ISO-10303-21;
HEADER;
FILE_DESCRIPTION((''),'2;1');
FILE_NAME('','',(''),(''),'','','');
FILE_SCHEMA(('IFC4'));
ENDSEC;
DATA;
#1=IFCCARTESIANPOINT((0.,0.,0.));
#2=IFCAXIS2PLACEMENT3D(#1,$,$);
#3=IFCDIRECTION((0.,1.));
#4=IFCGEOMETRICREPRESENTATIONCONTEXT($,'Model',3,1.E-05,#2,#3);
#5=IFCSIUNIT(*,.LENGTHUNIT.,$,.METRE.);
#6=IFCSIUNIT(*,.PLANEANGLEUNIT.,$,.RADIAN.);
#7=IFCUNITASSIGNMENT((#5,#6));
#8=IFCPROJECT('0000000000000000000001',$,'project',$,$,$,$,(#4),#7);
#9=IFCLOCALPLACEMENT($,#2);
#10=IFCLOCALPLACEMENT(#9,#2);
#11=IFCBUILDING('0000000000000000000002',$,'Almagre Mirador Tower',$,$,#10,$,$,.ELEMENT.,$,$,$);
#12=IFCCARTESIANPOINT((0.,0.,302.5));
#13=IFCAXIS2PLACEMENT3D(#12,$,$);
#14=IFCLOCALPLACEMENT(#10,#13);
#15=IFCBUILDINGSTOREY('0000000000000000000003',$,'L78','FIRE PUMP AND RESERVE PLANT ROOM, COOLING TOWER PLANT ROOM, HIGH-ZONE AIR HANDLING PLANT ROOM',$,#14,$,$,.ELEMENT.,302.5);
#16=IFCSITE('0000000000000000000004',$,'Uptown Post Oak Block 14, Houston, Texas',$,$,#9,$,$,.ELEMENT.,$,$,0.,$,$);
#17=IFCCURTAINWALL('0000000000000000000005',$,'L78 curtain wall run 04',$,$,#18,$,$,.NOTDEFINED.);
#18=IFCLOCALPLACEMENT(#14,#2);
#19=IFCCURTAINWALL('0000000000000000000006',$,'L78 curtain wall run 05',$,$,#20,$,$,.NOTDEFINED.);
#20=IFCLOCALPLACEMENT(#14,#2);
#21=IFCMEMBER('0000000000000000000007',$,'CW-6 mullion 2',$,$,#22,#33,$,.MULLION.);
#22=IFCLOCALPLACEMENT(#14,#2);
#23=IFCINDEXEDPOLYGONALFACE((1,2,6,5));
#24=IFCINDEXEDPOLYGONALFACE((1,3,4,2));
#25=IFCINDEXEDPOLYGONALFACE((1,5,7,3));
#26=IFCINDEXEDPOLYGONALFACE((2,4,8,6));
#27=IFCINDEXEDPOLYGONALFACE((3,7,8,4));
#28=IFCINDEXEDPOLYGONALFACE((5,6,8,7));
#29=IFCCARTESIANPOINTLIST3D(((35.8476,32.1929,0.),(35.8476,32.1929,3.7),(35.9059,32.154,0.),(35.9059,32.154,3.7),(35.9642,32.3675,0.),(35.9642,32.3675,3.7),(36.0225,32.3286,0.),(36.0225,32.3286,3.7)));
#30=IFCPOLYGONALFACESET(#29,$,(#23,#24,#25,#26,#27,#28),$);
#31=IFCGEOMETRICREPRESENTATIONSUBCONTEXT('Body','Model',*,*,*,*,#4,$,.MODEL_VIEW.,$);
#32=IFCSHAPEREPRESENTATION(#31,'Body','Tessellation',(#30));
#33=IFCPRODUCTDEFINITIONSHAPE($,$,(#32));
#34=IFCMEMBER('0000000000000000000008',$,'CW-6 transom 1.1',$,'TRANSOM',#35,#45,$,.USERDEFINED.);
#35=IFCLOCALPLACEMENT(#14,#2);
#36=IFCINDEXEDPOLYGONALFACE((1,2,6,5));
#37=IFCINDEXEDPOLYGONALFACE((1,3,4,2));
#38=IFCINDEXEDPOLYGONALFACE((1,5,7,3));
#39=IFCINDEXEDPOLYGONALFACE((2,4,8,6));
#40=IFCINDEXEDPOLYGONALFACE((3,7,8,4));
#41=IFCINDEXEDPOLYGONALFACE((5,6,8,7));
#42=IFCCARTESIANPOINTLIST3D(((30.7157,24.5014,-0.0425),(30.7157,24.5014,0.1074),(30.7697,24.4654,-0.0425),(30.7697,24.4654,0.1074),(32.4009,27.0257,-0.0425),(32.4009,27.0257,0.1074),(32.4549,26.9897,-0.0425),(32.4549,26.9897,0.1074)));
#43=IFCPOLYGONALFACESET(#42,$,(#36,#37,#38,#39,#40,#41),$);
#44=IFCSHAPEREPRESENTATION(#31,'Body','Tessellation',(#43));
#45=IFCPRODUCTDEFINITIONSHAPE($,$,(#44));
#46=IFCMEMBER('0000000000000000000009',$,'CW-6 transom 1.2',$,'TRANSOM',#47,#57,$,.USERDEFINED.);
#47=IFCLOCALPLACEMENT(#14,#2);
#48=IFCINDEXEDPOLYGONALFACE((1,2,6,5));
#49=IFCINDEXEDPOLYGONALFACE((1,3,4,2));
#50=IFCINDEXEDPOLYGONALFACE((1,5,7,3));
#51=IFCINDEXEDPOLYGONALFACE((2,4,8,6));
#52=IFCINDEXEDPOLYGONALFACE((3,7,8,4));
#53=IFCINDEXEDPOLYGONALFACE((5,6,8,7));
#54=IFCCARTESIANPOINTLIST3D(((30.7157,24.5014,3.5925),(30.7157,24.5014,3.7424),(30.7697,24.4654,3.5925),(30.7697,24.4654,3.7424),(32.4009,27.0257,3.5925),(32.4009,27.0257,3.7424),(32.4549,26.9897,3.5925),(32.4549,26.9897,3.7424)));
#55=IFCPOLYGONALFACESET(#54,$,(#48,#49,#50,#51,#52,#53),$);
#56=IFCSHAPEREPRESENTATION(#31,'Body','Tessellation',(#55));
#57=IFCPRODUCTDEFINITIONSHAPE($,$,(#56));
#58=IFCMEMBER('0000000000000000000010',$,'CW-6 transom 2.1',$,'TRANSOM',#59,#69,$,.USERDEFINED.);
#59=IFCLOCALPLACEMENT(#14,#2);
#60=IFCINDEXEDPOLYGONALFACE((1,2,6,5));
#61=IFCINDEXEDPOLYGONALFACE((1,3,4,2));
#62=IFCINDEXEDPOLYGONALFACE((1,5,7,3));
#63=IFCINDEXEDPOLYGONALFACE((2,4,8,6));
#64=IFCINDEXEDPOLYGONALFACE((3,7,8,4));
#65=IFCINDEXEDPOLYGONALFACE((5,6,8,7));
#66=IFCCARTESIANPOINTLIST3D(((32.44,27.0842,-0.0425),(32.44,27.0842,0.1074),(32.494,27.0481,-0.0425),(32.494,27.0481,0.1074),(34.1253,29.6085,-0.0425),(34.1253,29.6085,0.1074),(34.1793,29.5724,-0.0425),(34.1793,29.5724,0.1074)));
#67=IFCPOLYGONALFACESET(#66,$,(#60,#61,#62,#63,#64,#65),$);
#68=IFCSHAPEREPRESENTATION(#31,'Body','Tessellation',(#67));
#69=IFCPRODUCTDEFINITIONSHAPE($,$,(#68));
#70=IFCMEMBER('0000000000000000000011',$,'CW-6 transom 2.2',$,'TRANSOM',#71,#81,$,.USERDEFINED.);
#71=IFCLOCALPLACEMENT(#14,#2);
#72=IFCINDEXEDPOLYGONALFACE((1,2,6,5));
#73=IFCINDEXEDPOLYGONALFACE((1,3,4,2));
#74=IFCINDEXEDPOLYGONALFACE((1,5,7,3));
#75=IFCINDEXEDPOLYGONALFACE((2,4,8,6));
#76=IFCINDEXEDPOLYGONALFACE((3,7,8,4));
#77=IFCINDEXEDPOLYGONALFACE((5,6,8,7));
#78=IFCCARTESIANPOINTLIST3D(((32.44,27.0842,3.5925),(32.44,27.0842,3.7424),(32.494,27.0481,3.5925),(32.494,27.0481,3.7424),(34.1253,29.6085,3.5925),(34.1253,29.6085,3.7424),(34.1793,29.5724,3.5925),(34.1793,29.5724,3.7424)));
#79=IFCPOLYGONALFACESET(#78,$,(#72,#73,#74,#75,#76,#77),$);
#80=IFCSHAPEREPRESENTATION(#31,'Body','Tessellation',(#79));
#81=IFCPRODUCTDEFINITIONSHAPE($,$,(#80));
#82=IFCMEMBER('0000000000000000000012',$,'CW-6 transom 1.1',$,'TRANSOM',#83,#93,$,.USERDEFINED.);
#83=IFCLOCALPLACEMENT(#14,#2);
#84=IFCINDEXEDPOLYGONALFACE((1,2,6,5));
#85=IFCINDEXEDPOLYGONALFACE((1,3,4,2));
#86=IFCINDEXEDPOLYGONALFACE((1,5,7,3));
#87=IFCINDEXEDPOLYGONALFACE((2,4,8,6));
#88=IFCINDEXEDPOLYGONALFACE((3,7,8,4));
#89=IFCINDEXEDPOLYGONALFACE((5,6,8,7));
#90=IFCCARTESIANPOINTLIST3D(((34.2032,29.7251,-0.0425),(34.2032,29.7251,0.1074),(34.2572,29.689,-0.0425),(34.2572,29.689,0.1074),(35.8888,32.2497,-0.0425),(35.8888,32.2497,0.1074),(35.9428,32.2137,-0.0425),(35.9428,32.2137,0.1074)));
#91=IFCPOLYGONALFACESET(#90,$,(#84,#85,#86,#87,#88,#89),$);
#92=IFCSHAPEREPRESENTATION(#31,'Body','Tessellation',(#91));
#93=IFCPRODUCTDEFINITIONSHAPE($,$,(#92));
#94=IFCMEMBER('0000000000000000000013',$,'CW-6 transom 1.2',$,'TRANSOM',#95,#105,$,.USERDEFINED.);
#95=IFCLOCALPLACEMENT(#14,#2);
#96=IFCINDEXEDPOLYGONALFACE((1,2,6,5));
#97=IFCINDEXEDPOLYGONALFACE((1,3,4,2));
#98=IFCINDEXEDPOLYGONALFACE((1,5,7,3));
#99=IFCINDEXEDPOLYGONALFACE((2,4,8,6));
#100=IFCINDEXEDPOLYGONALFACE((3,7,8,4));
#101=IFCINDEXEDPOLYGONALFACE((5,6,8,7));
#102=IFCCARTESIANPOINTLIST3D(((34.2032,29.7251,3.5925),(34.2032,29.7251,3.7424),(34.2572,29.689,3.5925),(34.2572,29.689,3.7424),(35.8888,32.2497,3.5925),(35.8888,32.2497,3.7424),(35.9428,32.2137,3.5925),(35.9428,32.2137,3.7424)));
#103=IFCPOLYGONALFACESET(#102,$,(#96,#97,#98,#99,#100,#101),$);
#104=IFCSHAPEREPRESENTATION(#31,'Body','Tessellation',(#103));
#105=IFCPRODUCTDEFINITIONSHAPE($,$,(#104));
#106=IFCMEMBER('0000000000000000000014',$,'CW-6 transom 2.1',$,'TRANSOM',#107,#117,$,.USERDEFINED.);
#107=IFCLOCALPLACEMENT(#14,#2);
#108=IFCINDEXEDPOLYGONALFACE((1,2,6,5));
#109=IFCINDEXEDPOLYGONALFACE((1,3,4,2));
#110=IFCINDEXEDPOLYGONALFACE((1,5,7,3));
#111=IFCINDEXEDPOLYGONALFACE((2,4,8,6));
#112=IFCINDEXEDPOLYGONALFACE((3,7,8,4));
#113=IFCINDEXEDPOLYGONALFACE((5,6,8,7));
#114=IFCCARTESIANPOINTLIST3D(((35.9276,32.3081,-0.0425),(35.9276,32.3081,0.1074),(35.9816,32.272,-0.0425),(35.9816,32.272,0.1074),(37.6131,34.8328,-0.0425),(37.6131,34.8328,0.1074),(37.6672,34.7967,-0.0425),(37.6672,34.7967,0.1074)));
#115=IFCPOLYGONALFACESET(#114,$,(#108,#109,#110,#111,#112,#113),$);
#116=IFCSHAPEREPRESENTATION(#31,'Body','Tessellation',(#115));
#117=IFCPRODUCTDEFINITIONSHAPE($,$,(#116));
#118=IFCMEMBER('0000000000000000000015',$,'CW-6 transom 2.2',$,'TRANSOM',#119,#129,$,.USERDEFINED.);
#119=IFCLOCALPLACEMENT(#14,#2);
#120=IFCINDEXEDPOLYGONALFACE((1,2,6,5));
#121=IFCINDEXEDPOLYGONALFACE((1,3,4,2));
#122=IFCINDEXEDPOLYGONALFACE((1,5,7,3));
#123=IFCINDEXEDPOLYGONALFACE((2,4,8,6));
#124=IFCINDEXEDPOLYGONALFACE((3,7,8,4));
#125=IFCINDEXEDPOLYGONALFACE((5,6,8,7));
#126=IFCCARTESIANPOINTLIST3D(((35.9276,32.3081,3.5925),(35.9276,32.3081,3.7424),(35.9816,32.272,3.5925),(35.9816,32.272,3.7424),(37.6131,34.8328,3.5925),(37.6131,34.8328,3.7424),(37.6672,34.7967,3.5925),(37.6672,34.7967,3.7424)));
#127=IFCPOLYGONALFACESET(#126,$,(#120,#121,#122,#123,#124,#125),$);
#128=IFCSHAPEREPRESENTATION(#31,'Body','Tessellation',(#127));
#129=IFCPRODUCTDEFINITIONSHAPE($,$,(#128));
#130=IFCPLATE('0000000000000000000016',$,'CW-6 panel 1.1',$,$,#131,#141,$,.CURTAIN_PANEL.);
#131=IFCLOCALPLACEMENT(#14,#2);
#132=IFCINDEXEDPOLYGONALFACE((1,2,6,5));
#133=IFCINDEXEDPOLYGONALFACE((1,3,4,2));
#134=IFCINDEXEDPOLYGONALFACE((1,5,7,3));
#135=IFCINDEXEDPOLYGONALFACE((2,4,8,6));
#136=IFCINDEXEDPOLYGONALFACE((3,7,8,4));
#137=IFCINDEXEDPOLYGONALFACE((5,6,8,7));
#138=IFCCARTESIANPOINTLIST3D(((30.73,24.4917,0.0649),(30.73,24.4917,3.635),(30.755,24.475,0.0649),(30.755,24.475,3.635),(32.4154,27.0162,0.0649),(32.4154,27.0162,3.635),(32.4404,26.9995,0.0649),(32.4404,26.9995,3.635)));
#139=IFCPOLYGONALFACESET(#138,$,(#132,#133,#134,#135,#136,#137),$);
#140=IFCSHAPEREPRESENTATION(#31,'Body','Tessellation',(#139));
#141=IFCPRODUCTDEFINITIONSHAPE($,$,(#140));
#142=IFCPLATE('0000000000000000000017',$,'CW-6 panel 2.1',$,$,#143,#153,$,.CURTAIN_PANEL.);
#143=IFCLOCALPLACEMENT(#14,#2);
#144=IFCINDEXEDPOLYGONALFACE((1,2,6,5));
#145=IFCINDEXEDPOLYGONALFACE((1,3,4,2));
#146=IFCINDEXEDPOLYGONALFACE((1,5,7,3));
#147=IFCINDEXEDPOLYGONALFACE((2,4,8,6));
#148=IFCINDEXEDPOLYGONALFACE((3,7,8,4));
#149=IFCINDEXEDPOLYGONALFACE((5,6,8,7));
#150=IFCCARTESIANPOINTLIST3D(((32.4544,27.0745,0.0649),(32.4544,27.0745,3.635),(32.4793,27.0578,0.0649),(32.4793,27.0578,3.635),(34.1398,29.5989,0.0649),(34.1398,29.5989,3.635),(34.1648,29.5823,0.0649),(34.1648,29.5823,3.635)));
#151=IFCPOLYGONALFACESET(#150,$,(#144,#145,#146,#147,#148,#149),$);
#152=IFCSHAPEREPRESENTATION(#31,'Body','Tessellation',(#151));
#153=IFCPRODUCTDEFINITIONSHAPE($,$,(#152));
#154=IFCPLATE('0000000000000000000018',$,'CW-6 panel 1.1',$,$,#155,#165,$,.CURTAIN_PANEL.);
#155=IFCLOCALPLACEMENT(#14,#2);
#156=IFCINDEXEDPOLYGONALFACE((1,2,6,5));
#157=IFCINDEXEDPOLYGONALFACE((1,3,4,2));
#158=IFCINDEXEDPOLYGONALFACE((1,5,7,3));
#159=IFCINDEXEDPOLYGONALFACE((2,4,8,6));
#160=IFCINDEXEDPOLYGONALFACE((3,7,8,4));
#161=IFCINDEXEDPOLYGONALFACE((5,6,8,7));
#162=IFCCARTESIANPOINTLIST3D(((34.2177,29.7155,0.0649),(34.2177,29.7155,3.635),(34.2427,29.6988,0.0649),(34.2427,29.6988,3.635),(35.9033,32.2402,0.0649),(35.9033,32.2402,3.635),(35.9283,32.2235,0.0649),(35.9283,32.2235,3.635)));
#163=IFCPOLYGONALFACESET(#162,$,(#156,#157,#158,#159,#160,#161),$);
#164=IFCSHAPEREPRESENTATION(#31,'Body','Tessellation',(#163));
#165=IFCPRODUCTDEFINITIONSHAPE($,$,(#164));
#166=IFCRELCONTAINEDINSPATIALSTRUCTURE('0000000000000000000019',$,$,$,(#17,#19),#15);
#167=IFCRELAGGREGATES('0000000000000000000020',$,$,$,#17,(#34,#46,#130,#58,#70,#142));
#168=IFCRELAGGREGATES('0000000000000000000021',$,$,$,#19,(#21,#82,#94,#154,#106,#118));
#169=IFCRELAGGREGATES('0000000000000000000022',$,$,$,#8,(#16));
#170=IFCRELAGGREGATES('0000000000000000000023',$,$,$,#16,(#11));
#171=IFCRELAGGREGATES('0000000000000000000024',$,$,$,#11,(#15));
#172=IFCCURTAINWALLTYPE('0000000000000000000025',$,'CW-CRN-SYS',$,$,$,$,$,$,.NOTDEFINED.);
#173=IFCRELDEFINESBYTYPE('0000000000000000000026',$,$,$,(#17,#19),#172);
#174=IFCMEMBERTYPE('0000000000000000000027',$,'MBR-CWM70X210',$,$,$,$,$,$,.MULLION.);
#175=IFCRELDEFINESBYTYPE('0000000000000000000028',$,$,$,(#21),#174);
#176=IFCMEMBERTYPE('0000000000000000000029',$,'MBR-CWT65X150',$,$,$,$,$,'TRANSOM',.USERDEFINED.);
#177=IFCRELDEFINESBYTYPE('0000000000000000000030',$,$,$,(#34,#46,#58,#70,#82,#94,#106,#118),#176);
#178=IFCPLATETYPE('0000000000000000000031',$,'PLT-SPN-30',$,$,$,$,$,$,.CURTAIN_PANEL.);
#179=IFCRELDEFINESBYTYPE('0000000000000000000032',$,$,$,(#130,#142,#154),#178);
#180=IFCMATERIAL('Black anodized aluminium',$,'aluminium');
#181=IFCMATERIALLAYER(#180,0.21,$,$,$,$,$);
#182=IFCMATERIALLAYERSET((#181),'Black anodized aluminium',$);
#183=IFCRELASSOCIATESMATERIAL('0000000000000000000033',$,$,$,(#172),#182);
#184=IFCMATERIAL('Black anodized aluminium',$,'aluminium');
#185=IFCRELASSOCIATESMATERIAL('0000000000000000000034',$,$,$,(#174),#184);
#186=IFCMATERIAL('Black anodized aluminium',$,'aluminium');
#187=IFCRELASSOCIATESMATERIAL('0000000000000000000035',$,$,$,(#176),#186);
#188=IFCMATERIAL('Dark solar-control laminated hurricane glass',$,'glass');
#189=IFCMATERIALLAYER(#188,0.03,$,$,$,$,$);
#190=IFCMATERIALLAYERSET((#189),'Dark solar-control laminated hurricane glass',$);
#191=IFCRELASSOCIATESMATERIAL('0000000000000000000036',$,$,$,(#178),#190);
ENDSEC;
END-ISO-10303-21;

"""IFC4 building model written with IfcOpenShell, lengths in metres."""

from ifc_helpers import new_model, si_unit, direction, frame, origin, origin_2d, place, context, subcontext, project, spatial, rectangle, extrude, material, layer, layer_set, material_profile, profile_set, type_object, element, aggregate, save


model = new_model("IFC4")

# Units and contexts
model_context = context("Model", 3, precision=1e-05, world=origin(), true_north=direction((0.0, 1.0)))
body_context = subcontext(model_context, "Body", "Model", "MODEL_VIEW")
ifc_project = project(units=[si_unit("LENGTHUNIT", "METRE"), si_unit("PLANEANGLEUNIT", "RADIAN")], contexts=[model_context])

# Site, building, storey
site_placement = place(None, origin())
site = spatial("IfcSite", under=ifc_project, at=site_placement, Name="Uptown Post Oak Block 14, Houston, Texas", CompositionType="ELEMENT", RefElevation=0.0)
building_placement = place(site_placement, origin())
building = spatial("IfcBuilding", under=site, at=building_placement, Name="Almagre Mirador Tower", CompositionType="ELEMENT")
storey_placement = place(building_placement, frame((0.0, 0.0, 302.5)))
storey = spatial("IfcBuildingStorey", under=building, at=storey_placement, Name="L78", Description="FIRE PUMP AND RESERVE PLANT ROOM, COOLING TOWER PLANT ROOM, HIGH-ZONE AIR HANDLING PLANT ROOM", CompositionType="ELEMENT", Elevation=302.5)

# Curtain walls, member
ifc_material_1 = material(Name="Black anodized aluminium", Category="aluminium")
ifc_layer_1 = layer(ifc_material_1, 0.21)
ifc_layer_set_1 = layer_set([ifc_layer_1], Name="Black anodized aluminium")
curtain_wall_type = type_object("IfcCurtainWallType", Name="CW-CRN-SYS", PredefinedType="NOTDEFINED", material=ifc_layer_set_1)
curtain_wall_1_placement = place(storey_placement, origin())
curtain_wall_1 = element("IfcCurtainWall", 1, at=curtain_wall_1_placement, inside=storey, type_object=curtain_wall_type, Name="L78 curtain wall run 04", PredefinedType="NOTDEFINED")
ifc_material_2 = material(Name="Black anodized aluminium", Category="aluminium")
ifc_material_profile_1 = material_profile(ifc_material_2, rectangle(XDim=0.0701, YDim=0.21, at=origin_2d()), Name="CWM70X210")
ifc_profile_set_1 = profile_set([ifc_material_profile_1], Name="Black anodized aluminium")
member_type_1 = type_object("IfcMemberType", Name="MBR-CWM70X210", PredefinedType="MULLION", material=ifc_profile_set_1)
curtain_wall_2_placement = place(storey_placement, origin())
curtain_wall_2 = element("IfcCurtainWall", 2, at=curtain_wall_2_placement, inside=storey, type_object=curtain_wall_type, Name="L78 curtain wall run 05", PredefinedType="NOTDEFINED")
member_1_placement = place(storey_placement, frame((35.9351, 32.2607, 0.0), z_axis=(0.0, 0.0, 1.0), x_axis=(-0.831683, 0.555251, 0.0)))
member_1 = element("IfcMember", 3, at=member_1_placement, type_object=member_type_1, Name="CW-6 mullion 2", PredefinedType="MULLION", context=body_context, shape_type="SweptSolid", body=[
    extrude(rectangle(XDim=0.0701, YDim=0.21, at=origin_2d()), origin(), (0.0, 0.0, 1.0), 3.7),
])

# Members
ifc_material_3 = material(Name="Black anodized aluminium", Category="aluminium")
ifc_material_profile_2 = material_profile(ifc_material_3, rectangle(XDim=0.0649, YDim=0.1499, at=origin_2d()), Name="CWT65X150")
ifc_profile_set_2 = profile_set([ifc_material_profile_2], Name="Black anodized aluminium")
member_type_2 = type_object("IfcMemberType", Name="MBR-CWT65X150", ElementType="TRANSOM", PredefinedType="USERDEFINED", material=ifc_profile_set_2)
member_2_placement = place(storey_placement, frame((30.7427, 24.4834, 0.0325), z_axis=(0.555238, 0.831691, 0.0), x_axis=(-0.831691, 0.555238, 0.0)))
member_2 = element("IfcMember", 4, at=member_2_placement, type_object=member_type_2, Name="CW-6 transom 1.1", ObjectType="TRANSOM", PredefinedType="USERDEFINED", context=body_context, shape_type="SweptSolid", body=[
    extrude(rectangle(XDim=0.0649, YDim=0.1499, at=origin_2d()), origin(), (0.0, 0.0, 1.0), 3.0352),
])
member_3_placement = place(storey_placement, frame((30.7427, 24.4834, 3.6675), z_axis=(0.555238, 0.831691, 0.0), x_axis=(-0.831691, 0.555238, 0.0)))
member_3 = element("IfcMember", 5, at=member_3_placement, type_object=member_type_2, Name="CW-6 transom 1.2", ObjectType="TRANSOM", PredefinedType="USERDEFINED", context=body_context, shape_type="SweptSolid", body=[
    extrude(rectangle(XDim=0.0649, YDim=0.1499, at=origin_2d()), origin(), (0.0, 0.0, 1.0), 3.0352),
])
member_4_placement = place(storey_placement, frame((32.467, 27.0662, 0.0325), z_axis=(0.555238, 0.831691, 0.0), x_axis=(-0.831691, 0.555238, 0.0)))
member_4 = element("IfcMember", 6, at=member_4_placement, type_object=member_type_2, Name="CW-6 transom 2.1", ObjectType="TRANSOM", PredefinedType="USERDEFINED", context=body_context, shape_type="SweptSolid", body=[
    extrude(rectangle(XDim=0.0649, YDim=0.1499, at=origin_2d()), origin(), (0.0, 0.0, 1.0), 3.0352),
])
member_5_placement = place(storey_placement, frame((32.467, 27.0662, 3.6675), z_axis=(0.555238, 0.831691, 0.0), x_axis=(-0.831691, 0.555238, 0.0)))
member_5 = element("IfcMember", 7, at=member_5_placement, type_object=member_type_2, Name="CW-6 transom 2.2", ObjectType="TRANSOM", PredefinedType="USERDEFINED", context=body_context, shape_type="SweptSolid", body=[
    extrude(rectangle(XDim=0.0649, YDim=0.1499, at=origin_2d()), origin(), (0.0, 0.0, 1.0), 3.0352),
])
member_6_placement = place(storey_placement, frame((34.2302, 29.707, 0.0325), z_axis=(0.555257, 0.831679, 0.0), x_axis=(-0.831679, 0.555257, 0.0)))
member_6 = element("IfcMember", 8, at=member_6_placement, type_object=member_type_2, Name="CW-6 transom 1.1", ObjectType="TRANSOM", PredefinedType="USERDEFINED", context=body_context, shape_type="SweptSolid", body=[
    extrude(rectangle(XDim=0.0649, YDim=0.1499, at=origin_2d()), origin(), (0.0, 0.0, 1.0), 3.0356),
])
member_7_placement = place(storey_placement, frame((34.2302, 29.707, 3.6675), z_axis=(0.555257, 0.831679, 0.0), x_axis=(-0.831679, 0.555257, 0.0)))
member_7 = element("IfcMember", 9, at=member_7_placement, type_object=member_type_2, Name="CW-6 transom 1.2", ObjectType="TRANSOM", PredefinedType="USERDEFINED", context=body_context, shape_type="SweptSolid", body=[
    extrude(rectangle(XDim=0.0649, YDim=0.1499, at=origin_2d()), origin(), (0.0, 0.0, 1.0), 3.0356),
])
member_8_placement = place(storey_placement, frame((35.9546, 32.29, 0.0325), z_axis=(0.555257, 0.831679, 0.0), x_axis=(-0.831679, 0.555257, 0.0)))
member_8 = element("IfcMember", 10, at=member_8_placement, type_object=member_type_2, Name="CW-6 transom 2.1", ObjectType="TRANSOM", PredefinedType="USERDEFINED", context=body_context, shape_type="SweptSolid", body=[
    extrude(rectangle(XDim=0.0649, YDim=0.1499, at=origin_2d()), origin(), (0.0, 0.0, 1.0), 3.0356),
])
member_9_placement = place(storey_placement, frame((35.9546, 32.29, 3.6675), z_axis=(0.555257, 0.831679, 0.0), x_axis=(-0.831679, 0.555257, 0.0)))
member_9 = element("IfcMember", 11, at=member_9_placement, type_object=member_type_2, Name="CW-6 transom 2.2", ObjectType="TRANSOM", PredefinedType="USERDEFINED", context=body_context, shape_type="SweptSolid", body=[
    extrude(rectangle(XDim=0.0649, YDim=0.1499, at=origin_2d()), origin(), (0.0, 0.0, 1.0), 3.0356),
])

# Plates
ifc_material_4 = material(Name="Dark solar-control laminated hurricane glass", Category="glass")
ifc_layer_2 = layer(ifc_material_4, 0.03)
ifc_layer_set_2 = layer_set([ifc_layer_2], Name="Dark solar-control laminated hurricane glass")
plate_type = type_object("IfcPlateType", Name="PLT-SPN-30", PredefinedType="CURTAIN_PANEL", material=ifc_layer_set_2)
plate_1_placement = place(storey_placement, frame((31.5852, 25.7456, 0.0649), z_axis=(0.0, 0.0, 1.0), x_axis=(0.555259, 0.831678, 0.0)))
plate_1 = element("IfcPlate", 12, at=plate_1_placement, type_object=plate_type, Name="CW-6 panel 1.1", PredefinedType="CURTAIN_PANEL", context=body_context, shape_type="SweptSolid", body=[
    extrude(rectangle(XDim=3.0354, YDim=0.03, at=origin_2d()), origin(), (0.0, 0.0, 1.0), 3.5701),
])
plate_2_placement = place(storey_placement, frame((33.3096, 28.3284, 0.0649), z_axis=(0.0, 0.0, 1.0), x_axis=(0.555259, 0.831678, 0.0)))
plate_2 = element("IfcPlate", 13, at=plate_2_placement, type_object=plate_type, Name="CW-6 panel 2.1", PredefinedType="CURTAIN_PANEL", context=body_context, shape_type="SweptSolid", body=[
    extrude(rectangle(XDim=3.0354, YDim=0.03, at=origin_2d()), origin(), (0.0, 0.0, 1.0), 3.5701),
])
aggregate(curtain_wall_1, [member_2, member_3, plate_1, member_4, member_5, plate_2])
plate_3_placement = place(storey_placement, frame((35.073, 30.9695, 0.0649), z_axis=(0.0, 0.0, 1.0), x_axis=(0.555251, 0.831683, 0.0)))
plate_3 = element("IfcPlate", 14, at=plate_3_placement, type_object=plate_type, Name="CW-6 panel 1.1", PredefinedType="CURTAIN_PANEL", context=body_context, shape_type="SweptSolid", body=[
    extrude(rectangle(XDim=3.0356, YDim=0.03, at=origin_2d()), origin(), (0.0, 0.0, 1.0), 3.5701),
])
aggregate(curtain_wall_2, [member_1, member_6, member_7, plate_3, member_8, member_9])

save(model, "model.ifc")
